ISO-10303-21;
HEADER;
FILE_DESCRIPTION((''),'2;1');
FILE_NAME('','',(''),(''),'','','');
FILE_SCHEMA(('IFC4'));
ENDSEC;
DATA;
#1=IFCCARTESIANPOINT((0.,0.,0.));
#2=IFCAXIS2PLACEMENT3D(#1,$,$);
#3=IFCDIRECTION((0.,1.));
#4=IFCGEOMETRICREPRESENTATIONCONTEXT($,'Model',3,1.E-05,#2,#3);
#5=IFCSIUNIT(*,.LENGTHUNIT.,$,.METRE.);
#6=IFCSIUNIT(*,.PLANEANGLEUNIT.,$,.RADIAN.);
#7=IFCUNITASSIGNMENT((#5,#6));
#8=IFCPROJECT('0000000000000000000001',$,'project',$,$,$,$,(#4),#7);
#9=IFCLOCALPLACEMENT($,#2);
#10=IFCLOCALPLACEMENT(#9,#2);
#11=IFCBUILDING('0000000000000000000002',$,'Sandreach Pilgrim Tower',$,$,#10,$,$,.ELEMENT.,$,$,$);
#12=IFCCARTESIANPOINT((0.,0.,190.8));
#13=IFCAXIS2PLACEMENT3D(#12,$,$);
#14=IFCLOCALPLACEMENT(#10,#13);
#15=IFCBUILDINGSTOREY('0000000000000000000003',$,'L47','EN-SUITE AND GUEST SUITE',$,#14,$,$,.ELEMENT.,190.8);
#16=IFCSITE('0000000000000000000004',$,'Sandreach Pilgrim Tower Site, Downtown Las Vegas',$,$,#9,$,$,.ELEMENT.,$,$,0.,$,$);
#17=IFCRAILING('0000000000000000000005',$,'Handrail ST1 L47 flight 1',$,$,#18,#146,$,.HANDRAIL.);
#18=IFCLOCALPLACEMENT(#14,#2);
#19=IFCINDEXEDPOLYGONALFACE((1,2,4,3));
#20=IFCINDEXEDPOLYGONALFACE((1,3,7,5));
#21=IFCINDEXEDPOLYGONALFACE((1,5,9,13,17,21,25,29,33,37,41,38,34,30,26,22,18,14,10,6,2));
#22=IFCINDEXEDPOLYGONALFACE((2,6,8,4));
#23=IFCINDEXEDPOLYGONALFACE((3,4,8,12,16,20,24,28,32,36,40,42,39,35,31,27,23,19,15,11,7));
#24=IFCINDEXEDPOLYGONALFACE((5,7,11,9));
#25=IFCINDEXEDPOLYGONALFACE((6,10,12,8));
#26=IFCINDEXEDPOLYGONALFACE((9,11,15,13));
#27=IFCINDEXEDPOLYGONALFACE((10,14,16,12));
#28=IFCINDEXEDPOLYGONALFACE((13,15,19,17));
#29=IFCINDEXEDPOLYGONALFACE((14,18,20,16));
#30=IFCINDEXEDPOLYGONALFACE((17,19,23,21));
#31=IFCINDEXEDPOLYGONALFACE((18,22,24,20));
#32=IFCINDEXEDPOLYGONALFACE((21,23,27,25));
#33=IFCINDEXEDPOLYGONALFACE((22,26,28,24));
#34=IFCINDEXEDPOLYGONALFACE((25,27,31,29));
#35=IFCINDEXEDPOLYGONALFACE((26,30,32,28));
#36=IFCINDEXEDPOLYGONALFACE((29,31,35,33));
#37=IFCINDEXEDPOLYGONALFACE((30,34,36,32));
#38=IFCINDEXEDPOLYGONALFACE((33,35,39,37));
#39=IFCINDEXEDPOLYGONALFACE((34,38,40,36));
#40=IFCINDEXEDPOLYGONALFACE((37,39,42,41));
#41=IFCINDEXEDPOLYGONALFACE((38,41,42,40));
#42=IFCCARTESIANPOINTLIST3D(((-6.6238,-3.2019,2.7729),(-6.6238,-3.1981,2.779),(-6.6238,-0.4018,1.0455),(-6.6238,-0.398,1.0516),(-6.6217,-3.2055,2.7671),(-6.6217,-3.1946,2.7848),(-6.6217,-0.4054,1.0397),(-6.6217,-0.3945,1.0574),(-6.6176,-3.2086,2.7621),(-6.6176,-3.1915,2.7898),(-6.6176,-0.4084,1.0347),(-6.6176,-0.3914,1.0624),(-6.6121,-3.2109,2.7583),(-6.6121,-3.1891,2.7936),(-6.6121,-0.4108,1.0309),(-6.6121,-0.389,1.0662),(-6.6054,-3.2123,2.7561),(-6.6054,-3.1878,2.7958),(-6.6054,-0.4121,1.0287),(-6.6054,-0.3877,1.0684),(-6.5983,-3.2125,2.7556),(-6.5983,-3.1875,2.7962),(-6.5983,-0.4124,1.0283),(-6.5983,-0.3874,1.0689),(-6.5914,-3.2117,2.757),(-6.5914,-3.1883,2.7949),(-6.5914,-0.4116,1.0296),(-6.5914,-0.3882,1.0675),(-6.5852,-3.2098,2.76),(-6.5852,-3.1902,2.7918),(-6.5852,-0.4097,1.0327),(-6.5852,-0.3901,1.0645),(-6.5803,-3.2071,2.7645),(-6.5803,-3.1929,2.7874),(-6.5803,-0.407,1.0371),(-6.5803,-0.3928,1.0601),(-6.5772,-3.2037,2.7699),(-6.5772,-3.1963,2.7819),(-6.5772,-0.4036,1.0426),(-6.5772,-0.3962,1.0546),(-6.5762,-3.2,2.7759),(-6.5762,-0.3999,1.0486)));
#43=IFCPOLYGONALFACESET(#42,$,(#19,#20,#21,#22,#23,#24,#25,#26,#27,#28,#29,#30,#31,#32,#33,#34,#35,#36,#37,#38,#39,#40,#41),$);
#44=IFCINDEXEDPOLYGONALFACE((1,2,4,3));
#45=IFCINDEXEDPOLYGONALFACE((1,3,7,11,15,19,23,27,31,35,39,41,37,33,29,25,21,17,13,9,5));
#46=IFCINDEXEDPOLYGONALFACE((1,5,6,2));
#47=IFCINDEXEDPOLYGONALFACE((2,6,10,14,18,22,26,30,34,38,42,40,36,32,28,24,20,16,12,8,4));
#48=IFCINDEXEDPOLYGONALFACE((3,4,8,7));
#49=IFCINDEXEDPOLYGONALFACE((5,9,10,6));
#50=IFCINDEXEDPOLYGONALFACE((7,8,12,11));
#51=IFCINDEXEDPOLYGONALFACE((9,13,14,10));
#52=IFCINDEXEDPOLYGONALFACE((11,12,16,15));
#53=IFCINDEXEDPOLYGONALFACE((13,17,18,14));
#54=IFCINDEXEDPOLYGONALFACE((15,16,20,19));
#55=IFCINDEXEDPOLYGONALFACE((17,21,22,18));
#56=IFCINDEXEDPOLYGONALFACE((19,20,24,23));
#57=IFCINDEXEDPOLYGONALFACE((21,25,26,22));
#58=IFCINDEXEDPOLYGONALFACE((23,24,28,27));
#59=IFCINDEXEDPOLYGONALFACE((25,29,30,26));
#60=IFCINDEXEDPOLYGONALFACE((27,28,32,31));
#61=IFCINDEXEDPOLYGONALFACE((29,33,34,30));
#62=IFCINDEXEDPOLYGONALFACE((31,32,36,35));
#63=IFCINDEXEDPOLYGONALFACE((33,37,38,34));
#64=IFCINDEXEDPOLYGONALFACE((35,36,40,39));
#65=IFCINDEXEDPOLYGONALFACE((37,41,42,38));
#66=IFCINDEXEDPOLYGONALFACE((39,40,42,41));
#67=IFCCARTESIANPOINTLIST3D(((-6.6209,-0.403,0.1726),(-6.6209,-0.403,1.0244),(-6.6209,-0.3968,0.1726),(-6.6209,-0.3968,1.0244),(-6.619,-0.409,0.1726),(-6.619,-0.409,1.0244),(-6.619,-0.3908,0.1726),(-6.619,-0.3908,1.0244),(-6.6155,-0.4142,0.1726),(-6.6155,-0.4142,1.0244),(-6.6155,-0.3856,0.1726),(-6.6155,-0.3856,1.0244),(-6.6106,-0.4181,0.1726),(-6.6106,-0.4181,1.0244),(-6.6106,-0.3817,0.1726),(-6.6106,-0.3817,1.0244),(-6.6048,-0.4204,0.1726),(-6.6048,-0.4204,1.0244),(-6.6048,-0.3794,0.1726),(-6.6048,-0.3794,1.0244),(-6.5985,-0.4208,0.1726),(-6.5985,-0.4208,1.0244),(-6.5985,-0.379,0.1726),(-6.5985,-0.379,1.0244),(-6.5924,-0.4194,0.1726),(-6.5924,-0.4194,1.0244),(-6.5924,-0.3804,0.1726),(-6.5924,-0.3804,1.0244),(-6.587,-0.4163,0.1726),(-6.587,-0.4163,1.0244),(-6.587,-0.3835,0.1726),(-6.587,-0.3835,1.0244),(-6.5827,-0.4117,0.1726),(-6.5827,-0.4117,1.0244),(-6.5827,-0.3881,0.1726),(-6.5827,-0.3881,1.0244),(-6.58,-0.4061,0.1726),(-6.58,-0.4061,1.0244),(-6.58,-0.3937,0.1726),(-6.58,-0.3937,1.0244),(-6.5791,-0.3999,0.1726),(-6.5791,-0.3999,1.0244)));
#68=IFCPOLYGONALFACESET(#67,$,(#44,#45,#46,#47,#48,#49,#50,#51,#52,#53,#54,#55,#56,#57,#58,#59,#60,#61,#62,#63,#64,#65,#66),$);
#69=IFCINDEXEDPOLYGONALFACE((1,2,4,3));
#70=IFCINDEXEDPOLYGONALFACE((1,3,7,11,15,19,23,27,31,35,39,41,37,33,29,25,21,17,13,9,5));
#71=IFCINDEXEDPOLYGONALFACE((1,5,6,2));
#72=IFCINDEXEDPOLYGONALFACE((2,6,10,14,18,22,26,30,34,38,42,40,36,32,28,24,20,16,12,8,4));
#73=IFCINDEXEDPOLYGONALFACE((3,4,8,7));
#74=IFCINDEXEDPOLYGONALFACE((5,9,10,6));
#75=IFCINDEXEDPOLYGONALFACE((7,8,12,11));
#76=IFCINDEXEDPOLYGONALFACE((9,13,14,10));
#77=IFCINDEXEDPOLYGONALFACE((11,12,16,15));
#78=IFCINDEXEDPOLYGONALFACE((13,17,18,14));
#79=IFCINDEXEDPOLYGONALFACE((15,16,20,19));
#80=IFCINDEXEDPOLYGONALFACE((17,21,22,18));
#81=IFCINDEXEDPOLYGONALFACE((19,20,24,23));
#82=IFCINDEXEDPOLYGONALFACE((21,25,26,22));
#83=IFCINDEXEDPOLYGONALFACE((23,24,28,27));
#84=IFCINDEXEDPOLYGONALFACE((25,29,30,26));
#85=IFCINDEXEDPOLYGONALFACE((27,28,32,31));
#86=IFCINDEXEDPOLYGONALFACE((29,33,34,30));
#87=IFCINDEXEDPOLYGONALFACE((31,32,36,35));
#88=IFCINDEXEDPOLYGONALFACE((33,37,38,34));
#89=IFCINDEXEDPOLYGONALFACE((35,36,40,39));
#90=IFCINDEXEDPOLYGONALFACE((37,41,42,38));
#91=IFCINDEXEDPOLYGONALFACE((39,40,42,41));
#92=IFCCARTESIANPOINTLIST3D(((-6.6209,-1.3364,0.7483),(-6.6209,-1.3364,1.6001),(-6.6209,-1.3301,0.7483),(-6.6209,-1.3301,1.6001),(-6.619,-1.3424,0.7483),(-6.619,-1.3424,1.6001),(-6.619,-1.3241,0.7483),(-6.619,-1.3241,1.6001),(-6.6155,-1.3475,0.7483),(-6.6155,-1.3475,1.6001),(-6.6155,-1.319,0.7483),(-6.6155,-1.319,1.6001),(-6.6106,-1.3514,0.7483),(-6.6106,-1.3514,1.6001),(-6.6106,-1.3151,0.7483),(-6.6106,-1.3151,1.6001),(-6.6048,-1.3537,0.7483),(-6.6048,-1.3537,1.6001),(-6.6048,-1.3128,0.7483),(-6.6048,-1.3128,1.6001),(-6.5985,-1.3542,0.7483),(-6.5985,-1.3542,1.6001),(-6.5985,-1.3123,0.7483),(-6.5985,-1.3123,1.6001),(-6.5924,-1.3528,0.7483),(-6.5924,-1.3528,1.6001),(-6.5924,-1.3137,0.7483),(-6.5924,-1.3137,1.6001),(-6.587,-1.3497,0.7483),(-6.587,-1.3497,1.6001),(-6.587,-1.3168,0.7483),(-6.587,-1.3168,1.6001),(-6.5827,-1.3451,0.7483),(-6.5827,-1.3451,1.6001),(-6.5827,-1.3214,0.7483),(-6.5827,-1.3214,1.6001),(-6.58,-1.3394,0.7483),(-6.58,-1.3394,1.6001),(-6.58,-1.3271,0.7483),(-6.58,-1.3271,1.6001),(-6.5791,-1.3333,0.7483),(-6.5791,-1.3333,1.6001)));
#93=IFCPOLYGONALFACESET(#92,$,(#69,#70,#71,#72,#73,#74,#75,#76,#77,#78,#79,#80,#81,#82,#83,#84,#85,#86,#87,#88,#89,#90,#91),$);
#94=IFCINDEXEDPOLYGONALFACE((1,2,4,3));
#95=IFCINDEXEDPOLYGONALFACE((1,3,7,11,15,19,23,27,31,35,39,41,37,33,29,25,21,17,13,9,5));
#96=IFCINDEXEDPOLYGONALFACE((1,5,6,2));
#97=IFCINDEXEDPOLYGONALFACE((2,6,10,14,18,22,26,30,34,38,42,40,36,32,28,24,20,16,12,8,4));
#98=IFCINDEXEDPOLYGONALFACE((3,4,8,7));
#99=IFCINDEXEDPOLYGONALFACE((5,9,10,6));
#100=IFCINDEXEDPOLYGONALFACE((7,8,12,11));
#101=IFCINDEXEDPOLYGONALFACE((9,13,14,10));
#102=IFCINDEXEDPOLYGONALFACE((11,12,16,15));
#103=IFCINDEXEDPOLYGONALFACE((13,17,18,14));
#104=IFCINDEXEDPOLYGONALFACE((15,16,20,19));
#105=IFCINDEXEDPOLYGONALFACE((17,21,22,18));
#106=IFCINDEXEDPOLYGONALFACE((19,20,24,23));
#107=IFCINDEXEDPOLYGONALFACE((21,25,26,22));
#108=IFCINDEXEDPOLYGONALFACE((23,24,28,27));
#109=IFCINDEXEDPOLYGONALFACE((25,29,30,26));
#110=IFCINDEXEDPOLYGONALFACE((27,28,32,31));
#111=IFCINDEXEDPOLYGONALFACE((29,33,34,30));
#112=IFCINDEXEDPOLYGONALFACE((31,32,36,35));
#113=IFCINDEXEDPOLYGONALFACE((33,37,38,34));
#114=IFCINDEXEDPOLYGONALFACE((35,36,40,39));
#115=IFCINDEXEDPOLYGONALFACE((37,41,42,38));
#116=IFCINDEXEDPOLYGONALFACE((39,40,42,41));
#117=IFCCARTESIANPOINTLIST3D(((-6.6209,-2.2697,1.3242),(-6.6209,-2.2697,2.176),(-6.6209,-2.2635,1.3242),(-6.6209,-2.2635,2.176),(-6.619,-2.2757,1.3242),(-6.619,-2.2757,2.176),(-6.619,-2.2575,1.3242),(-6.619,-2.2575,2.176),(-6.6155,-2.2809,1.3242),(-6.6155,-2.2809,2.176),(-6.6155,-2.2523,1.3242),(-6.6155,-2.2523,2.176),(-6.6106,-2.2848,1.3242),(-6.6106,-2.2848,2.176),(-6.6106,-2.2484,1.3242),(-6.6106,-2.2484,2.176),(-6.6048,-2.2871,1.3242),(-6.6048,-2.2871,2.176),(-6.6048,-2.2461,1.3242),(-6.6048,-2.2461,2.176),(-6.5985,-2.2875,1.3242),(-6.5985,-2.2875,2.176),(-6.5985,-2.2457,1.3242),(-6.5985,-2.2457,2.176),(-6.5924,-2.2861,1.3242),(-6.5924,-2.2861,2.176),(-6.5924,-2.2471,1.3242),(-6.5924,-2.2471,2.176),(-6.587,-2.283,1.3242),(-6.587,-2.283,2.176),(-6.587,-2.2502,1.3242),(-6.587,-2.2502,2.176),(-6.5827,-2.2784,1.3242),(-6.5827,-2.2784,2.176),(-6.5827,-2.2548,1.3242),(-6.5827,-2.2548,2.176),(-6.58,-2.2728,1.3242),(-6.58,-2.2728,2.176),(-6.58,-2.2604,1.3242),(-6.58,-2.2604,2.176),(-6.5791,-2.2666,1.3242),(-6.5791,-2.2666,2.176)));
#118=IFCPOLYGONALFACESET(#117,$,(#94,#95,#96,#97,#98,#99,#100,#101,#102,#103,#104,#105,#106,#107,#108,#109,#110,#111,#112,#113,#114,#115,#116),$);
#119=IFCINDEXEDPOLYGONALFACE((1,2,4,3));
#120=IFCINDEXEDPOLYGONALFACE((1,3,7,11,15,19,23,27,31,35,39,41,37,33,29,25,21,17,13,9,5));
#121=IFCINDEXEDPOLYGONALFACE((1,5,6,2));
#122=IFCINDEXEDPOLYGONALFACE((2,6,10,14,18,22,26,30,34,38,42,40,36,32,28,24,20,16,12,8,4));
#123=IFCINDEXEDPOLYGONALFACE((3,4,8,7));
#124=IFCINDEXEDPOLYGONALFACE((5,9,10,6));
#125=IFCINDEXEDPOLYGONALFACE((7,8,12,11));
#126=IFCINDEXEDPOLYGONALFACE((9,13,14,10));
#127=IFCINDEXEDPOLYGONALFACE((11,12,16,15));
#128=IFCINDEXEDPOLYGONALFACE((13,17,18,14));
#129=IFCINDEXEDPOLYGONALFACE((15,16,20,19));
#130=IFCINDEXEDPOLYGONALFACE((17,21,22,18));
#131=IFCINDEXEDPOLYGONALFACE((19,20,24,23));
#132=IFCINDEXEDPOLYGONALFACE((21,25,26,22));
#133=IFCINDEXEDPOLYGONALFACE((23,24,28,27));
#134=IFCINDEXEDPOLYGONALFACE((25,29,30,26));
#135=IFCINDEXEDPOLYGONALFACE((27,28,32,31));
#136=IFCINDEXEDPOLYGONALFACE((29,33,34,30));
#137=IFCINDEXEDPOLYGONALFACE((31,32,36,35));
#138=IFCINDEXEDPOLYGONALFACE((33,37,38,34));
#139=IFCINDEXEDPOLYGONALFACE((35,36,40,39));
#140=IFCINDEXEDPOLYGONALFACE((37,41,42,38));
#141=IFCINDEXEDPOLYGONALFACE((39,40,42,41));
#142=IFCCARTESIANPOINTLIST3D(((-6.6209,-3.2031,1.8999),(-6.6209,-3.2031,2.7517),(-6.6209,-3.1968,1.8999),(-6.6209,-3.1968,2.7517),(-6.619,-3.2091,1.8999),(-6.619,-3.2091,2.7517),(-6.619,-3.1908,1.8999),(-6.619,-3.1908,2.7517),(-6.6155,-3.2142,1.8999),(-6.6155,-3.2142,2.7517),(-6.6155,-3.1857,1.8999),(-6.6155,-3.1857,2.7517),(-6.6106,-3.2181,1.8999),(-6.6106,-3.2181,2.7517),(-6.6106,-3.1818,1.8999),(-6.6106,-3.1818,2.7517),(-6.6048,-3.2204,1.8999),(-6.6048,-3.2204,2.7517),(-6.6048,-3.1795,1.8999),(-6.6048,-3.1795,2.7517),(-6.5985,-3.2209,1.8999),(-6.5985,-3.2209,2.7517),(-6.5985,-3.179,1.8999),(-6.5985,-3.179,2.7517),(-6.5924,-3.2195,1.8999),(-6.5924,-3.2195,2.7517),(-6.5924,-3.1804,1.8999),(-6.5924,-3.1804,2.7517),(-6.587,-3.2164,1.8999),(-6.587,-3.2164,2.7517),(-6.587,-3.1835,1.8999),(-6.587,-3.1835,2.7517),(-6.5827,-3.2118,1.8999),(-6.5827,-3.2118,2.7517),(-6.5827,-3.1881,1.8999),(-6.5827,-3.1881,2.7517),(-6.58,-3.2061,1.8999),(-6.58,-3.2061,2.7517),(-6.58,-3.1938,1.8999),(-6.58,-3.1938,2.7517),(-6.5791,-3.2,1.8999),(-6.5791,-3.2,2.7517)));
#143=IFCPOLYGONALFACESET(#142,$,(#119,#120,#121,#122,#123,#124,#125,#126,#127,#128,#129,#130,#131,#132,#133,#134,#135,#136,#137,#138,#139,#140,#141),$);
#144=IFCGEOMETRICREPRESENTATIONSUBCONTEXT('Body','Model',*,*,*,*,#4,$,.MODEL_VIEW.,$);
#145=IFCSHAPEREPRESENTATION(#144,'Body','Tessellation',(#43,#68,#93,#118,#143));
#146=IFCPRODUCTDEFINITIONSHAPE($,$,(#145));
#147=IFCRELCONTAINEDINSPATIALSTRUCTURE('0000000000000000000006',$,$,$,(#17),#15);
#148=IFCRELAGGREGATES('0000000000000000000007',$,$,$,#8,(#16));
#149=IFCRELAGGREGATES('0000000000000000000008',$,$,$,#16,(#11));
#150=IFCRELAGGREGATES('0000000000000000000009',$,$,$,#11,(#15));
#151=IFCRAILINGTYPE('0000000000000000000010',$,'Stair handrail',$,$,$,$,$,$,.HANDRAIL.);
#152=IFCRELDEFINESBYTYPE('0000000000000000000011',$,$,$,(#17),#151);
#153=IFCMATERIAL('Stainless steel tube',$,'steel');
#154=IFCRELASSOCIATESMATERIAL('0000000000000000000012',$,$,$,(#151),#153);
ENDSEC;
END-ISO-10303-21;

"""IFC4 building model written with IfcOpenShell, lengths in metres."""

from ifc_helpers import new_model, si_unit, direction, frame, origin, origin_2d, place, context, subcontext, project, spatial, circle, extrude, material, type_object, element, save


model = new_model("IFC4")

# Units and contexts
model_context = context("Model", 3, precision=1e-05, world=origin(), true_north=direction((0.0, 1.0)))
body_context = subcontext(model_context, "Body", "Model", "MODEL_VIEW")
ifc_project = project(units=[si_unit("LENGTHUNIT", "METRE"), si_unit("PLANEANGLEUNIT", "RADIAN")], contexts=[model_context])

# Site, building, storey
site_placement = place(None, origin())
site = spatial("IfcSite", under=ifc_project, at=site_placement, Name="Sandreach Pilgrim Tower Site, Downtown Las Vegas", CompositionType="ELEMENT", RefElevation=0.0)
building_placement = place(site_placement, origin())
building = spatial("IfcBuilding", under=site, at=building_placement, Name="Sandreach Pilgrim Tower", CompositionType="ELEMENT")
storey_placement = place(building_placement, frame((0.0, 0.0, 190.8)))
storey = spatial("IfcBuildingStorey", under=building, at=storey_placement, Name="L47", Description="EN-SUITE AND GUEST SUITE", CompositionType="ELEMENT", Elevation=190.8)

# Railing
ifc_material_1 = material(Name="Stainless steel tube", Category="steel")
railing_type = type_object("IfcRailingType", Name="Stair handrail", PredefinedType="HANDRAIL", material=ifc_material_1)
for number, where, name in (
    (1, (-6.6001, -0.3999, 0.1726), "Handrail ST1 L47 flight 1"),
):
    element("IfcRailing", number, at=place(storey_placement, frame(where)), inside=storey, type_object=railing_type, Name=name, PredefinedType="HANDRAIL", context=body_context, shape_type="SweptSolid", body=[
        extrude(circle(Radius=0.0239, at=origin_2d()), frame((0.0, 0.0, 0.876), z_axis=(0.0, -0.85109, 0.52502), x_axis=(1.0, 0.0, 0.0)), (0.0, 0.0, 1.0), 3.29),
        extrude(circle(Radius=0.021, at=origin_2d()), origin(), (0.0, 0.0, 1.0), 0.8518),
        extrude(circle(Radius=0.021, at=origin_2d()), frame((0.0, -0.9333, 0.5757)), (0.0, 0.0, 1.0), 0.8518),
        extrude(circle(Radius=0.021, at=origin_2d()), frame((0.0, -1.8667, 1.1516)), (0.0, 0.0, 1.0), 0.8518),
        extrude(circle(Radius=0.021, at=origin_2d()), frame((0.0, -2.8, 1.7273)), (0.0, 0.0, 1.0), 0.8518),
    ])

save(model, "model.ifc")
